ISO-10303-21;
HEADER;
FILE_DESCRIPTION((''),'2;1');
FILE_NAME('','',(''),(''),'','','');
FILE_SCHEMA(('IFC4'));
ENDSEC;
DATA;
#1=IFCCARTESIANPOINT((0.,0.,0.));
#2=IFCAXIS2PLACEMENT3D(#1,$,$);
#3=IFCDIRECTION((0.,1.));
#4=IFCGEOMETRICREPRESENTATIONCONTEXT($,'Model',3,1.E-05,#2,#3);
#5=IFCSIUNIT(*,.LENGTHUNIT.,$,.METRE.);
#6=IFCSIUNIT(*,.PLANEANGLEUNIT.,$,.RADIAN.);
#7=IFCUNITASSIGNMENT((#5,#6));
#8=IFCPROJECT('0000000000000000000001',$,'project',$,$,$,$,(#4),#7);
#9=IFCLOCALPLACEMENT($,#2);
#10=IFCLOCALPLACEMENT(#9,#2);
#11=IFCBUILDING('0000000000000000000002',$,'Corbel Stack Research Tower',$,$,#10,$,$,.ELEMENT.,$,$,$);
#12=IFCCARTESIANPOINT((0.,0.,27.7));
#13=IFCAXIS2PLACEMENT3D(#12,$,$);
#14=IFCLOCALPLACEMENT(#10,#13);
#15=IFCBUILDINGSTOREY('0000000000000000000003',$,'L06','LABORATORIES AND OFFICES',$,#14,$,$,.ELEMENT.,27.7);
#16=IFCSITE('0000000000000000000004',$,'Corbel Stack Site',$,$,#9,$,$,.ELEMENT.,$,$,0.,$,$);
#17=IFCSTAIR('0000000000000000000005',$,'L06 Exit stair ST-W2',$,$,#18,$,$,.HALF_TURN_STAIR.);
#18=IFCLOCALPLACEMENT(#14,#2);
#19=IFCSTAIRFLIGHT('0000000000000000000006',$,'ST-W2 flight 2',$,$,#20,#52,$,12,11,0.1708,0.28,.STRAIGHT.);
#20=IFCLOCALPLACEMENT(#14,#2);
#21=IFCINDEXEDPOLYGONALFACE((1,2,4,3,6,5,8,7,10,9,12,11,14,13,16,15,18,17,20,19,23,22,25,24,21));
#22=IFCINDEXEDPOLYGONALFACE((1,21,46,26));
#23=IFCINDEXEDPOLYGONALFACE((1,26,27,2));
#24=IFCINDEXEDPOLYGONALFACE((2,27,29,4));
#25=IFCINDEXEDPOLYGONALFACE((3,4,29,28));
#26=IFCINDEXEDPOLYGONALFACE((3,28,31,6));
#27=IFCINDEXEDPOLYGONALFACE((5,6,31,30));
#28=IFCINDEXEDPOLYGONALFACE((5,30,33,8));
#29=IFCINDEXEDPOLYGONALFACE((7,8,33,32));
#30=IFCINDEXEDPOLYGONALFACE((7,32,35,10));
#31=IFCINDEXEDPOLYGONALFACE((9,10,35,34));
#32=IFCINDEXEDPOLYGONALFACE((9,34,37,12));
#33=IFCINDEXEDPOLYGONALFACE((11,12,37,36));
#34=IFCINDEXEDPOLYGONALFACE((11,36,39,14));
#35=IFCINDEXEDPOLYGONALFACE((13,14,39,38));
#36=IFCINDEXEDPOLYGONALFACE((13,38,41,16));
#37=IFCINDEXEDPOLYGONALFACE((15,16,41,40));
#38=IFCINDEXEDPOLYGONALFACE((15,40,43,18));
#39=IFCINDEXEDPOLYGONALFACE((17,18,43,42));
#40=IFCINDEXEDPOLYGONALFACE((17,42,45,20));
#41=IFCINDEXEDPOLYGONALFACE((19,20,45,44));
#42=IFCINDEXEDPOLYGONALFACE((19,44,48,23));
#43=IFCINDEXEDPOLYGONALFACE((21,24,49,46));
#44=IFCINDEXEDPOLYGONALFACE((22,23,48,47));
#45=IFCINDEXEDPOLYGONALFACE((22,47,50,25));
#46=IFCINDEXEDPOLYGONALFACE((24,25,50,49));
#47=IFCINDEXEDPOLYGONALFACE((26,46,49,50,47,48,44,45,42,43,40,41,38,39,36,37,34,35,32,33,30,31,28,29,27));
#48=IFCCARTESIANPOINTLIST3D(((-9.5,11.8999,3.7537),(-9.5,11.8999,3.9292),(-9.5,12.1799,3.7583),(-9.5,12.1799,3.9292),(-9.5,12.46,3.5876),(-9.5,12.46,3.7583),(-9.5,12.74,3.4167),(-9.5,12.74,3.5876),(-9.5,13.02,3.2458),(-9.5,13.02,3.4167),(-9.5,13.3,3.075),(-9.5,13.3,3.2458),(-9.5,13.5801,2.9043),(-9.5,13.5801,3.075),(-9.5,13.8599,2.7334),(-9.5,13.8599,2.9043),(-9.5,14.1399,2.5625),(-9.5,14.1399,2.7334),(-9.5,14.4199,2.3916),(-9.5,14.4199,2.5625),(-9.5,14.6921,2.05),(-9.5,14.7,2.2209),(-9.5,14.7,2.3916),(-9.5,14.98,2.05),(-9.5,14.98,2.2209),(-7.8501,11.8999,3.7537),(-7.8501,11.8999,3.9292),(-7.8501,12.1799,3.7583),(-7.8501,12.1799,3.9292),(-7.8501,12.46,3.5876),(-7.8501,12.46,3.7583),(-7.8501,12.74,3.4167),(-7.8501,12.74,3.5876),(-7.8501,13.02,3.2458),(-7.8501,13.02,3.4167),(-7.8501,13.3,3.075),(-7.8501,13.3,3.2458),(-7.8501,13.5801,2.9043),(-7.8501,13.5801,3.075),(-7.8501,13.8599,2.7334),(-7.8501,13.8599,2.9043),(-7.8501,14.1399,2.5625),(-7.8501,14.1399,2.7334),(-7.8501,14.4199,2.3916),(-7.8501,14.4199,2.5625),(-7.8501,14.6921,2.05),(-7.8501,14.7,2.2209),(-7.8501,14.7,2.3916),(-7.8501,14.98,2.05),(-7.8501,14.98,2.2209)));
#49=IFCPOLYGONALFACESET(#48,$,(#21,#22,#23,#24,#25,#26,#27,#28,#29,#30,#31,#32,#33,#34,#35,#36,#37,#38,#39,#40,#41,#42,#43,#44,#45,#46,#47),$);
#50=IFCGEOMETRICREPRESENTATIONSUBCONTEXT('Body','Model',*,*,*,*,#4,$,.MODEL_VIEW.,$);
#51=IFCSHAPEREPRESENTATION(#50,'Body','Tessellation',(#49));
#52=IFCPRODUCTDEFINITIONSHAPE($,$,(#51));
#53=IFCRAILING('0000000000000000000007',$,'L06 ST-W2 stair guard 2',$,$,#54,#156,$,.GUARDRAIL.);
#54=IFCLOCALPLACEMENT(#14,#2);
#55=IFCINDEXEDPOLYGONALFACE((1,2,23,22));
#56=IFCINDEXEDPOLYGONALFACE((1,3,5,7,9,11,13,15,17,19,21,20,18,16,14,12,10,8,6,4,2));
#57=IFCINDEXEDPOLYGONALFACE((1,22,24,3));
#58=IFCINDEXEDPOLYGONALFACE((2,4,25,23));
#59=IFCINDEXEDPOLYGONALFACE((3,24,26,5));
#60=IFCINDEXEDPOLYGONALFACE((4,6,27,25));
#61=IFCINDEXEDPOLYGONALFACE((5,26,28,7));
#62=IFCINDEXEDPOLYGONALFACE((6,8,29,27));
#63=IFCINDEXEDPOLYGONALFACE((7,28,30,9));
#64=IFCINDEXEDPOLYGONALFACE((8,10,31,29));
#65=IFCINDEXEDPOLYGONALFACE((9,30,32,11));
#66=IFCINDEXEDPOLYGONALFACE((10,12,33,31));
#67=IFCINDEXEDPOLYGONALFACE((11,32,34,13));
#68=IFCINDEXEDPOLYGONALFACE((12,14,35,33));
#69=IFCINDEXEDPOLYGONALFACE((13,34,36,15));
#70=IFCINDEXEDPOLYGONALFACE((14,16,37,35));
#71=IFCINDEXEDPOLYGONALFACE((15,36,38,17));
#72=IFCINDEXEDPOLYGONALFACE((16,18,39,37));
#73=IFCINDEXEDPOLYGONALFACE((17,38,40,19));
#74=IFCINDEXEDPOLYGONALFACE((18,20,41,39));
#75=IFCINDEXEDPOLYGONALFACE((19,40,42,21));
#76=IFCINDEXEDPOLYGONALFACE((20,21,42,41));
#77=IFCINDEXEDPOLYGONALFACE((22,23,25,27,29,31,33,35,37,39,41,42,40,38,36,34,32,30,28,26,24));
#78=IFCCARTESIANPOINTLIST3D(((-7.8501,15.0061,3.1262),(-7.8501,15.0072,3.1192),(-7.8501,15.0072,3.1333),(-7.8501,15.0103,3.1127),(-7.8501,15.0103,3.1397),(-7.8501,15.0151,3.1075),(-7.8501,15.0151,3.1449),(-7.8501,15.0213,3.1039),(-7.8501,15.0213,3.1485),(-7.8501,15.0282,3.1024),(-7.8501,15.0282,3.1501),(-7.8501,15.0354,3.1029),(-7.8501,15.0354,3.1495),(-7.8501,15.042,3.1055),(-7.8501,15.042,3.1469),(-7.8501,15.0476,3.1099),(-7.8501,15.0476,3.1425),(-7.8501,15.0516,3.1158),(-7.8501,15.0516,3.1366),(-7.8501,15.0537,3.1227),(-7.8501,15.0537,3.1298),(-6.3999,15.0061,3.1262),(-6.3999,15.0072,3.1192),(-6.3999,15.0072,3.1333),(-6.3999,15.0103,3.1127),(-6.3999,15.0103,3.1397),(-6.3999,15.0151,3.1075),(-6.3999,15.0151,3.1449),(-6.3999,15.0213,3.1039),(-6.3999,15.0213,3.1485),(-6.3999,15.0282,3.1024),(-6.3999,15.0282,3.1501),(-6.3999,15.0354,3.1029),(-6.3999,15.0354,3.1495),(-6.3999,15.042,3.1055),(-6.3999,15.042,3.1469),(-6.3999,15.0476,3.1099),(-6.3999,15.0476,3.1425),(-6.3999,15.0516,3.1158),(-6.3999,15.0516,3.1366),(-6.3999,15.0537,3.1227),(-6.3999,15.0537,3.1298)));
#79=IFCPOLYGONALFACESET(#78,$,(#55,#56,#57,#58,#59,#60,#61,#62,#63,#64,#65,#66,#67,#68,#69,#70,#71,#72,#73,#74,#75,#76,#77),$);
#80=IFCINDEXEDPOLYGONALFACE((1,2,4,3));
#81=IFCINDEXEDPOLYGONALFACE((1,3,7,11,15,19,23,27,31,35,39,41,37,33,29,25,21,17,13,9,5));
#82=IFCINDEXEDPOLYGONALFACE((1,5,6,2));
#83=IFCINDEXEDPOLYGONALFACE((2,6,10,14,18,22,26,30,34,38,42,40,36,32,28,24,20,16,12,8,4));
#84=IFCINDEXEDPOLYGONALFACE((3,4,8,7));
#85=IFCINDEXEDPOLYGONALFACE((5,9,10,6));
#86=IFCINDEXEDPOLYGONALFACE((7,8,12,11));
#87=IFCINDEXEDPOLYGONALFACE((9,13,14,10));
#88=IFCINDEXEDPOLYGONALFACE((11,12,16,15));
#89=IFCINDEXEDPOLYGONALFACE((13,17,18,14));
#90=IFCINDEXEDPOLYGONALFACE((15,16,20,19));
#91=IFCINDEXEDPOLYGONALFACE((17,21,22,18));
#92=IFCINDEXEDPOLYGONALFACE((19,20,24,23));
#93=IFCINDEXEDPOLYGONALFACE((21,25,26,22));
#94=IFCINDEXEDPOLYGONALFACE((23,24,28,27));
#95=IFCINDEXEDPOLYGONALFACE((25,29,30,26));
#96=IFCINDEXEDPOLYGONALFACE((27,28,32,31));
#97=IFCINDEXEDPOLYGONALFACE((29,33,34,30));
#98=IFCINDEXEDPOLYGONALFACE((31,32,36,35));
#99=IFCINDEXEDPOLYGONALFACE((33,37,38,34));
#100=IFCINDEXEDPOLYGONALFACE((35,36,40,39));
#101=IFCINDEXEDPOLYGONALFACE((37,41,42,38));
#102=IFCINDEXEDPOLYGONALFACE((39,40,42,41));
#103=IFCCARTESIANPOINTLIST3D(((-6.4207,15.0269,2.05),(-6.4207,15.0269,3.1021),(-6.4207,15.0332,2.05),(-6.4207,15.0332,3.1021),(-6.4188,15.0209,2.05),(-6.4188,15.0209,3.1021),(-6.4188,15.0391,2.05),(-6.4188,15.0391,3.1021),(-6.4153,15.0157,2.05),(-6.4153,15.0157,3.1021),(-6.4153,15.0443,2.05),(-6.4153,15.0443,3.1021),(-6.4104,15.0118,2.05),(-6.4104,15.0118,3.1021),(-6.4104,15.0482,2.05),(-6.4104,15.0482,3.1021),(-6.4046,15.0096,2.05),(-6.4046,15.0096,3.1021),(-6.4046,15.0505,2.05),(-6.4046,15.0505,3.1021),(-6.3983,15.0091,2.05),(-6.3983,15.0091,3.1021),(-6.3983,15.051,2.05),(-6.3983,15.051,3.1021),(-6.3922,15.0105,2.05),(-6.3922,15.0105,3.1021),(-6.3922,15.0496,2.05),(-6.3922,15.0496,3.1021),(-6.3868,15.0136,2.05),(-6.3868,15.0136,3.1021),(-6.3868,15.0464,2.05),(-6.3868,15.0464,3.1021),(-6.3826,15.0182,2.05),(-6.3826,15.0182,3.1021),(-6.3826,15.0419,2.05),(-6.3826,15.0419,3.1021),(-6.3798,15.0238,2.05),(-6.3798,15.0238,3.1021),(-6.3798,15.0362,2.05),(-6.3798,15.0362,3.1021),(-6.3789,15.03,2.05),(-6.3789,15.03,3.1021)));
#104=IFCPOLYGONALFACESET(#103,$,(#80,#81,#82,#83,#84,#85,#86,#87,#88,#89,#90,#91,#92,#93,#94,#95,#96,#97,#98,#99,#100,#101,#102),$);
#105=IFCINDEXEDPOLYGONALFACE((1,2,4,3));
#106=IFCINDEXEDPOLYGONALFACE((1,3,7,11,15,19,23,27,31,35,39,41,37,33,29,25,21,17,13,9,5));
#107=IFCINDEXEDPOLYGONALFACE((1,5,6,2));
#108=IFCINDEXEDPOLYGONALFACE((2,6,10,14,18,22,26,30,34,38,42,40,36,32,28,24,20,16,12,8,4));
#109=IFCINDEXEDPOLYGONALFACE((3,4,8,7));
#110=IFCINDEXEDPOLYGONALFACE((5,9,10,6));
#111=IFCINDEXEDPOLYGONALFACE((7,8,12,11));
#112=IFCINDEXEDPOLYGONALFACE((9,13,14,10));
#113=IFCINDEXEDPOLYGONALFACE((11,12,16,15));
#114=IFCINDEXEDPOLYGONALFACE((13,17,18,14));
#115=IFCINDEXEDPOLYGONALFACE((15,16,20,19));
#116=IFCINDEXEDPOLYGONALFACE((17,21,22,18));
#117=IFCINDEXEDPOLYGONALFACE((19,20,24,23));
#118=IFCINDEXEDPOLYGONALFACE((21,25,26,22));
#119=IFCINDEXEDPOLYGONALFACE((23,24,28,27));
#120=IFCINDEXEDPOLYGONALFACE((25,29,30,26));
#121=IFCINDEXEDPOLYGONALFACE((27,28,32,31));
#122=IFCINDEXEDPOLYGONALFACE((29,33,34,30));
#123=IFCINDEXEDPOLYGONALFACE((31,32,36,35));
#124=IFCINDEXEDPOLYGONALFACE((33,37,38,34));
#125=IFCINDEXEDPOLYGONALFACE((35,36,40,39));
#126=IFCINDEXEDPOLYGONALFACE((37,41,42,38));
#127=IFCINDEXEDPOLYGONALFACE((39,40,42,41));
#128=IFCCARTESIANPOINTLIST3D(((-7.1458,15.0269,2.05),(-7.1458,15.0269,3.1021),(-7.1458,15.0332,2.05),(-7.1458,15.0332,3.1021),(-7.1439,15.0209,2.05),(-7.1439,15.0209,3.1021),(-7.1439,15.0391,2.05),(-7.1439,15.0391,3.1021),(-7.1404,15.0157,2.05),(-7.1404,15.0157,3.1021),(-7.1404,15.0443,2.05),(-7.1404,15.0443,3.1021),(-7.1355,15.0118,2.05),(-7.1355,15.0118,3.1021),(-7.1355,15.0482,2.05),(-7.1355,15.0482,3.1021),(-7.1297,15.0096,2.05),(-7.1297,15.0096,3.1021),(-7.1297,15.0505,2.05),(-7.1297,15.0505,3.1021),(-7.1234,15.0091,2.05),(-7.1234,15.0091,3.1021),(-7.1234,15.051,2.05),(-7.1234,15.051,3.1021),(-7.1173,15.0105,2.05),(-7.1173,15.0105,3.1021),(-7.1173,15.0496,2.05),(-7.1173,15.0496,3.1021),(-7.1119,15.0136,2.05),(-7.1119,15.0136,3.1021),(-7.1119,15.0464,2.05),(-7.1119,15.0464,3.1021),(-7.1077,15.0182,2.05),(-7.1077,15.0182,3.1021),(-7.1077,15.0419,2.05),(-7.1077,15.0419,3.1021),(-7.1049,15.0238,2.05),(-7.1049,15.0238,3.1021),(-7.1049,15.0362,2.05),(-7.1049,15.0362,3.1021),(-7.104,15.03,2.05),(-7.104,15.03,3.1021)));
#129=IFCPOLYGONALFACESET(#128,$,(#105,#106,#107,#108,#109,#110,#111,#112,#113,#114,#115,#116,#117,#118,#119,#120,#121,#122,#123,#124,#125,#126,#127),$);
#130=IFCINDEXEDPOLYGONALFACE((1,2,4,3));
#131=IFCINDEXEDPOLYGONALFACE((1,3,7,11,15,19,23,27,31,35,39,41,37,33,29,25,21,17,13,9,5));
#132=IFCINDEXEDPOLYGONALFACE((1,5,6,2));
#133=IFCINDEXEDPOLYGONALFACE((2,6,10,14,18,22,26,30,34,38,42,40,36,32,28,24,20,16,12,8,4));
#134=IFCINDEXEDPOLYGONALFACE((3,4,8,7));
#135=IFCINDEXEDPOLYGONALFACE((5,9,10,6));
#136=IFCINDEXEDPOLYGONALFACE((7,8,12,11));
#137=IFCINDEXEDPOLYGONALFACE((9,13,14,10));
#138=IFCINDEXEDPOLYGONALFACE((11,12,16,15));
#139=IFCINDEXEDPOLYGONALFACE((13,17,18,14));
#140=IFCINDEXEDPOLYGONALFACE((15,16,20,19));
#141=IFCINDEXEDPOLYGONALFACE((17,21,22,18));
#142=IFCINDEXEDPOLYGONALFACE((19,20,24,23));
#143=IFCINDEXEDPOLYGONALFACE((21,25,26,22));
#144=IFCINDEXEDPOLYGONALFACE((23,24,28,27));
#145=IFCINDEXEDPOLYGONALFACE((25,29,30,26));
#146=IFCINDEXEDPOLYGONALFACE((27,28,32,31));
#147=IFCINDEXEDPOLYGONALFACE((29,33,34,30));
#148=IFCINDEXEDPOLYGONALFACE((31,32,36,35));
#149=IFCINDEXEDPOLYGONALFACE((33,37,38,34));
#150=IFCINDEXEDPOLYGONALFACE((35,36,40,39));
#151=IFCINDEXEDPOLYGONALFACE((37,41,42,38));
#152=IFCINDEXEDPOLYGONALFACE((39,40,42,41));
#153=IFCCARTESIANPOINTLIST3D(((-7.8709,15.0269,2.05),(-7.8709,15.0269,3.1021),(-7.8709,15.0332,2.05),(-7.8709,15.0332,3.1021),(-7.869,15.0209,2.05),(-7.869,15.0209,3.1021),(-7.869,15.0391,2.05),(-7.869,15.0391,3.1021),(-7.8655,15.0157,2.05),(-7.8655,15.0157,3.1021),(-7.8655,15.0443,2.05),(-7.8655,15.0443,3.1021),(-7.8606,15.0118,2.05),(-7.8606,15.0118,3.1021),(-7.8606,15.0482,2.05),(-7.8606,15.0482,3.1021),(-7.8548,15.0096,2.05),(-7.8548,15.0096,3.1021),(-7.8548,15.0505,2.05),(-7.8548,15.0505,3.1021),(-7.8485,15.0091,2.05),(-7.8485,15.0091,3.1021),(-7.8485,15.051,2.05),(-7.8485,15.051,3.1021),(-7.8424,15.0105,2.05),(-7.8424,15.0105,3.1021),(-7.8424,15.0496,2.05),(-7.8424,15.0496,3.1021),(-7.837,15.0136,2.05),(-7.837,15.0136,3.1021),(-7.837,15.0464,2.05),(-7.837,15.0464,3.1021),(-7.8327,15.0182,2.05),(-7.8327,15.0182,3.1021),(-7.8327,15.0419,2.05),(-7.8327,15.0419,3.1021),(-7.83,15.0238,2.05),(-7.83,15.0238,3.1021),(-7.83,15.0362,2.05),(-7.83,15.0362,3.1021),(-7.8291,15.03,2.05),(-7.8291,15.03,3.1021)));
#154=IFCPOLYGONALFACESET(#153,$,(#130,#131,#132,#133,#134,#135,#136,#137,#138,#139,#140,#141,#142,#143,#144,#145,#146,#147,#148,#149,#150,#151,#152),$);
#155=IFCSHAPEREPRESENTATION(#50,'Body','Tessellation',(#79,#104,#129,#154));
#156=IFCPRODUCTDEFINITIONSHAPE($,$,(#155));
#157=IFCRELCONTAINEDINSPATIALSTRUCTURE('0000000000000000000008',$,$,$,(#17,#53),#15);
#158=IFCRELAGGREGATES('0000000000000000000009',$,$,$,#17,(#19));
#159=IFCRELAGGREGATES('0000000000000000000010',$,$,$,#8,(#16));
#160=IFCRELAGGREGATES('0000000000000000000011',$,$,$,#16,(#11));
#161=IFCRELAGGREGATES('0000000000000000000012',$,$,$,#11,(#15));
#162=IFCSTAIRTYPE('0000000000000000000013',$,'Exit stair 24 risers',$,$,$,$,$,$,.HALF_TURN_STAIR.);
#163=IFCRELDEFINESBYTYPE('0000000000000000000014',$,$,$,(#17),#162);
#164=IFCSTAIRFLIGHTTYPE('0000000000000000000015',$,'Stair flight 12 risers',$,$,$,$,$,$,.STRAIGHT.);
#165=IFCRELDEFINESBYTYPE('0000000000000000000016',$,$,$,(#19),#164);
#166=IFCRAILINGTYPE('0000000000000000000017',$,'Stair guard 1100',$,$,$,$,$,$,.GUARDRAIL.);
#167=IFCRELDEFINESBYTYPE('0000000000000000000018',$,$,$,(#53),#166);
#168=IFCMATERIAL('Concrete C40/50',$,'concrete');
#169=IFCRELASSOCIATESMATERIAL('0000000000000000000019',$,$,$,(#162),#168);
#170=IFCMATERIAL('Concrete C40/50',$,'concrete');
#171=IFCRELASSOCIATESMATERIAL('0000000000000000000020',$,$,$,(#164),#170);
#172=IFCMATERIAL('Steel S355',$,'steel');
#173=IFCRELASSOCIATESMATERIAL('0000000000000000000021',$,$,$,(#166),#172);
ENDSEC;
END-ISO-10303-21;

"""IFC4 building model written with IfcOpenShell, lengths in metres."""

from ifc_helpers import new_model, si_unit, direction, frame, origin, origin_2d, place, context, subcontext, project, spatial, polyline, circle, outline, extrude, material, type_object, element, aggregate, save


model = new_model("IFC4")

# Units and contexts
model_context = context("Model", 3, precision=1e-05, world=origin(), true_north=direction((0.0, 1.0)))
body_context = subcontext(model_context, "Body", "Model", "MODEL_VIEW")
ifc_project = project(units=[si_unit("LENGTHUNIT", "METRE"), si_unit("PLANEANGLEUNIT", "RADIAN")], contexts=[model_context])

# Site, building, storey
site_placement = place(None, origin())
site = spatial("IfcSite", under=ifc_project, at=site_placement, Name="Corbel Stack Site", CompositionType="ELEMENT", RefElevation=0.0)
building_placement = place(site_placement, origin())
building = spatial("IfcBuilding", under=site, at=building_placement, Name="Corbel Stack Research Tower", CompositionType="ELEMENT")
storey_placement = place(building_placement, frame((0.0, 0.0, 27.7)))
storey = spatial("IfcBuildingStorey", under=building, at=storey_placement, Name="L06", Description="LABORATORIES AND OFFICES", CompositionType="ELEMENT", Elevation=27.7)

# Stair, stair flight
ifc_material_1 = material(Name="Concrete C40/50", Category="concrete")
stair_type = type_object("IfcStairType", Name="Exit stair 24 risers", PredefinedType="HALF_TURN_STAIR", material=ifc_material_1)
stair_placement = place(storey_placement, origin())
stair = element("IfcStair", 1, at=stair_placement, inside=storey, type_object=stair_type, Name="L06 Exit stair ST-W2", PredefinedType="HALF_TURN_STAIR")
ifc_material_2 = material(Name="Concrete C40/50", Category="concrete")
stair_flight_type = type_object("IfcStairFlightType", Name="Stair flight 12 risers", PredefinedType="STRAIGHT", material=ifc_material_2)
stair_flight_placement = place(storey_placement, frame((-8.675, 14.98, 2.05), z_axis=(0.0, 0.0, 1.0), x_axis=(0.0, -1.0, 0.0)))
stair_flight = element("IfcStairFlight", 2, at=stair_flight_placement, type_object=stair_flight_type, Name="ST-W2 flight 2", NumberOfRisers=12, NumberOfTreads=11, PredefinedType="STRAIGHT", RiserHeight=0.1708, TreadLength=0.28, context=body_context, shape_type="SweptSolid", body=[
    extrude(outline(polyline([(0.0, 0.0), (0.0, 0.1709), (0.28, 0.1709), (0.28, 0.3416), (0.5601, 0.3416), (0.5601, 0.5125), (0.8401, 0.5125), (0.8401, 0.6833), (1.1201, 0.6833), (1.1201, 0.8542), (1.3999, 0.8542), (1.3999, 1.0249), (1.6799, 1.0249), (1.6799, 1.1958), (1.96, 1.1958), (1.96, 1.3667), (2.24, 1.3667), (2.24, 1.5376), (2.52, 1.5376), (2.52, 1.7083), (2.8, 1.7083), (2.8, 1.8792), (3.0801, 1.8792), (3.0801, 2.05), (3.0801, 1.7036), (0.2878, 0.0), (0.0, 0.0)])), frame((0.0, 0.825, 0.0), z_axis=(0.0, -1.0, 0.0), x_axis=(1.0, 0.0, 0.0)), (0.0, 0.0, 1.0), 1.6499),
])
aggregate(stair, [stair_flight])

# Railing
ifc_material_3 = material(Name="Steel S355", Category="steel")
railing_type_1 = type_object("IfcRailingType", Name="Stair guard 1100", PredefinedType="GUARDRAIL", material=ifc_material_3)
railing_1_placement = place(storey_placement, frame((-6.3999, 15.03, 2.05)))
element("IfcRailing", 3, at=railing_1_placement, inside=storey, type_object=railing_type_1, Name="L06 ST-W2 stair guard 2", PredefinedType="GUARDRAIL", context=body_context, shape_type="SweptSolid", body=[
    extrude(circle(Radius=0.0239, at=origin_2d()), frame((0.0, 0.0, 1.0762), z_axis=(-1.0, 0.0, 0.0), x_axis=(0.0, -1.0, 0.0)), (0.0, 0.0, 1.0), 1.4502),
    extrude(circle(Radius=0.021, at=origin_2d()), origin(), (0.0, 0.0, 1.0), 1.052),
    extrude(circle(Radius=0.021, at=origin_2d()), frame((-0.7251, 0.0, 0.0)), (0.0, 0.0, 1.0), 1.052),
    extrude(circle(Radius=0.021, at=origin_2d()), frame((-1.4502, 0.0, 0.0)), (0.0, 0.0, 1.0), 1.052),
])

save(model, "model.ifc")
